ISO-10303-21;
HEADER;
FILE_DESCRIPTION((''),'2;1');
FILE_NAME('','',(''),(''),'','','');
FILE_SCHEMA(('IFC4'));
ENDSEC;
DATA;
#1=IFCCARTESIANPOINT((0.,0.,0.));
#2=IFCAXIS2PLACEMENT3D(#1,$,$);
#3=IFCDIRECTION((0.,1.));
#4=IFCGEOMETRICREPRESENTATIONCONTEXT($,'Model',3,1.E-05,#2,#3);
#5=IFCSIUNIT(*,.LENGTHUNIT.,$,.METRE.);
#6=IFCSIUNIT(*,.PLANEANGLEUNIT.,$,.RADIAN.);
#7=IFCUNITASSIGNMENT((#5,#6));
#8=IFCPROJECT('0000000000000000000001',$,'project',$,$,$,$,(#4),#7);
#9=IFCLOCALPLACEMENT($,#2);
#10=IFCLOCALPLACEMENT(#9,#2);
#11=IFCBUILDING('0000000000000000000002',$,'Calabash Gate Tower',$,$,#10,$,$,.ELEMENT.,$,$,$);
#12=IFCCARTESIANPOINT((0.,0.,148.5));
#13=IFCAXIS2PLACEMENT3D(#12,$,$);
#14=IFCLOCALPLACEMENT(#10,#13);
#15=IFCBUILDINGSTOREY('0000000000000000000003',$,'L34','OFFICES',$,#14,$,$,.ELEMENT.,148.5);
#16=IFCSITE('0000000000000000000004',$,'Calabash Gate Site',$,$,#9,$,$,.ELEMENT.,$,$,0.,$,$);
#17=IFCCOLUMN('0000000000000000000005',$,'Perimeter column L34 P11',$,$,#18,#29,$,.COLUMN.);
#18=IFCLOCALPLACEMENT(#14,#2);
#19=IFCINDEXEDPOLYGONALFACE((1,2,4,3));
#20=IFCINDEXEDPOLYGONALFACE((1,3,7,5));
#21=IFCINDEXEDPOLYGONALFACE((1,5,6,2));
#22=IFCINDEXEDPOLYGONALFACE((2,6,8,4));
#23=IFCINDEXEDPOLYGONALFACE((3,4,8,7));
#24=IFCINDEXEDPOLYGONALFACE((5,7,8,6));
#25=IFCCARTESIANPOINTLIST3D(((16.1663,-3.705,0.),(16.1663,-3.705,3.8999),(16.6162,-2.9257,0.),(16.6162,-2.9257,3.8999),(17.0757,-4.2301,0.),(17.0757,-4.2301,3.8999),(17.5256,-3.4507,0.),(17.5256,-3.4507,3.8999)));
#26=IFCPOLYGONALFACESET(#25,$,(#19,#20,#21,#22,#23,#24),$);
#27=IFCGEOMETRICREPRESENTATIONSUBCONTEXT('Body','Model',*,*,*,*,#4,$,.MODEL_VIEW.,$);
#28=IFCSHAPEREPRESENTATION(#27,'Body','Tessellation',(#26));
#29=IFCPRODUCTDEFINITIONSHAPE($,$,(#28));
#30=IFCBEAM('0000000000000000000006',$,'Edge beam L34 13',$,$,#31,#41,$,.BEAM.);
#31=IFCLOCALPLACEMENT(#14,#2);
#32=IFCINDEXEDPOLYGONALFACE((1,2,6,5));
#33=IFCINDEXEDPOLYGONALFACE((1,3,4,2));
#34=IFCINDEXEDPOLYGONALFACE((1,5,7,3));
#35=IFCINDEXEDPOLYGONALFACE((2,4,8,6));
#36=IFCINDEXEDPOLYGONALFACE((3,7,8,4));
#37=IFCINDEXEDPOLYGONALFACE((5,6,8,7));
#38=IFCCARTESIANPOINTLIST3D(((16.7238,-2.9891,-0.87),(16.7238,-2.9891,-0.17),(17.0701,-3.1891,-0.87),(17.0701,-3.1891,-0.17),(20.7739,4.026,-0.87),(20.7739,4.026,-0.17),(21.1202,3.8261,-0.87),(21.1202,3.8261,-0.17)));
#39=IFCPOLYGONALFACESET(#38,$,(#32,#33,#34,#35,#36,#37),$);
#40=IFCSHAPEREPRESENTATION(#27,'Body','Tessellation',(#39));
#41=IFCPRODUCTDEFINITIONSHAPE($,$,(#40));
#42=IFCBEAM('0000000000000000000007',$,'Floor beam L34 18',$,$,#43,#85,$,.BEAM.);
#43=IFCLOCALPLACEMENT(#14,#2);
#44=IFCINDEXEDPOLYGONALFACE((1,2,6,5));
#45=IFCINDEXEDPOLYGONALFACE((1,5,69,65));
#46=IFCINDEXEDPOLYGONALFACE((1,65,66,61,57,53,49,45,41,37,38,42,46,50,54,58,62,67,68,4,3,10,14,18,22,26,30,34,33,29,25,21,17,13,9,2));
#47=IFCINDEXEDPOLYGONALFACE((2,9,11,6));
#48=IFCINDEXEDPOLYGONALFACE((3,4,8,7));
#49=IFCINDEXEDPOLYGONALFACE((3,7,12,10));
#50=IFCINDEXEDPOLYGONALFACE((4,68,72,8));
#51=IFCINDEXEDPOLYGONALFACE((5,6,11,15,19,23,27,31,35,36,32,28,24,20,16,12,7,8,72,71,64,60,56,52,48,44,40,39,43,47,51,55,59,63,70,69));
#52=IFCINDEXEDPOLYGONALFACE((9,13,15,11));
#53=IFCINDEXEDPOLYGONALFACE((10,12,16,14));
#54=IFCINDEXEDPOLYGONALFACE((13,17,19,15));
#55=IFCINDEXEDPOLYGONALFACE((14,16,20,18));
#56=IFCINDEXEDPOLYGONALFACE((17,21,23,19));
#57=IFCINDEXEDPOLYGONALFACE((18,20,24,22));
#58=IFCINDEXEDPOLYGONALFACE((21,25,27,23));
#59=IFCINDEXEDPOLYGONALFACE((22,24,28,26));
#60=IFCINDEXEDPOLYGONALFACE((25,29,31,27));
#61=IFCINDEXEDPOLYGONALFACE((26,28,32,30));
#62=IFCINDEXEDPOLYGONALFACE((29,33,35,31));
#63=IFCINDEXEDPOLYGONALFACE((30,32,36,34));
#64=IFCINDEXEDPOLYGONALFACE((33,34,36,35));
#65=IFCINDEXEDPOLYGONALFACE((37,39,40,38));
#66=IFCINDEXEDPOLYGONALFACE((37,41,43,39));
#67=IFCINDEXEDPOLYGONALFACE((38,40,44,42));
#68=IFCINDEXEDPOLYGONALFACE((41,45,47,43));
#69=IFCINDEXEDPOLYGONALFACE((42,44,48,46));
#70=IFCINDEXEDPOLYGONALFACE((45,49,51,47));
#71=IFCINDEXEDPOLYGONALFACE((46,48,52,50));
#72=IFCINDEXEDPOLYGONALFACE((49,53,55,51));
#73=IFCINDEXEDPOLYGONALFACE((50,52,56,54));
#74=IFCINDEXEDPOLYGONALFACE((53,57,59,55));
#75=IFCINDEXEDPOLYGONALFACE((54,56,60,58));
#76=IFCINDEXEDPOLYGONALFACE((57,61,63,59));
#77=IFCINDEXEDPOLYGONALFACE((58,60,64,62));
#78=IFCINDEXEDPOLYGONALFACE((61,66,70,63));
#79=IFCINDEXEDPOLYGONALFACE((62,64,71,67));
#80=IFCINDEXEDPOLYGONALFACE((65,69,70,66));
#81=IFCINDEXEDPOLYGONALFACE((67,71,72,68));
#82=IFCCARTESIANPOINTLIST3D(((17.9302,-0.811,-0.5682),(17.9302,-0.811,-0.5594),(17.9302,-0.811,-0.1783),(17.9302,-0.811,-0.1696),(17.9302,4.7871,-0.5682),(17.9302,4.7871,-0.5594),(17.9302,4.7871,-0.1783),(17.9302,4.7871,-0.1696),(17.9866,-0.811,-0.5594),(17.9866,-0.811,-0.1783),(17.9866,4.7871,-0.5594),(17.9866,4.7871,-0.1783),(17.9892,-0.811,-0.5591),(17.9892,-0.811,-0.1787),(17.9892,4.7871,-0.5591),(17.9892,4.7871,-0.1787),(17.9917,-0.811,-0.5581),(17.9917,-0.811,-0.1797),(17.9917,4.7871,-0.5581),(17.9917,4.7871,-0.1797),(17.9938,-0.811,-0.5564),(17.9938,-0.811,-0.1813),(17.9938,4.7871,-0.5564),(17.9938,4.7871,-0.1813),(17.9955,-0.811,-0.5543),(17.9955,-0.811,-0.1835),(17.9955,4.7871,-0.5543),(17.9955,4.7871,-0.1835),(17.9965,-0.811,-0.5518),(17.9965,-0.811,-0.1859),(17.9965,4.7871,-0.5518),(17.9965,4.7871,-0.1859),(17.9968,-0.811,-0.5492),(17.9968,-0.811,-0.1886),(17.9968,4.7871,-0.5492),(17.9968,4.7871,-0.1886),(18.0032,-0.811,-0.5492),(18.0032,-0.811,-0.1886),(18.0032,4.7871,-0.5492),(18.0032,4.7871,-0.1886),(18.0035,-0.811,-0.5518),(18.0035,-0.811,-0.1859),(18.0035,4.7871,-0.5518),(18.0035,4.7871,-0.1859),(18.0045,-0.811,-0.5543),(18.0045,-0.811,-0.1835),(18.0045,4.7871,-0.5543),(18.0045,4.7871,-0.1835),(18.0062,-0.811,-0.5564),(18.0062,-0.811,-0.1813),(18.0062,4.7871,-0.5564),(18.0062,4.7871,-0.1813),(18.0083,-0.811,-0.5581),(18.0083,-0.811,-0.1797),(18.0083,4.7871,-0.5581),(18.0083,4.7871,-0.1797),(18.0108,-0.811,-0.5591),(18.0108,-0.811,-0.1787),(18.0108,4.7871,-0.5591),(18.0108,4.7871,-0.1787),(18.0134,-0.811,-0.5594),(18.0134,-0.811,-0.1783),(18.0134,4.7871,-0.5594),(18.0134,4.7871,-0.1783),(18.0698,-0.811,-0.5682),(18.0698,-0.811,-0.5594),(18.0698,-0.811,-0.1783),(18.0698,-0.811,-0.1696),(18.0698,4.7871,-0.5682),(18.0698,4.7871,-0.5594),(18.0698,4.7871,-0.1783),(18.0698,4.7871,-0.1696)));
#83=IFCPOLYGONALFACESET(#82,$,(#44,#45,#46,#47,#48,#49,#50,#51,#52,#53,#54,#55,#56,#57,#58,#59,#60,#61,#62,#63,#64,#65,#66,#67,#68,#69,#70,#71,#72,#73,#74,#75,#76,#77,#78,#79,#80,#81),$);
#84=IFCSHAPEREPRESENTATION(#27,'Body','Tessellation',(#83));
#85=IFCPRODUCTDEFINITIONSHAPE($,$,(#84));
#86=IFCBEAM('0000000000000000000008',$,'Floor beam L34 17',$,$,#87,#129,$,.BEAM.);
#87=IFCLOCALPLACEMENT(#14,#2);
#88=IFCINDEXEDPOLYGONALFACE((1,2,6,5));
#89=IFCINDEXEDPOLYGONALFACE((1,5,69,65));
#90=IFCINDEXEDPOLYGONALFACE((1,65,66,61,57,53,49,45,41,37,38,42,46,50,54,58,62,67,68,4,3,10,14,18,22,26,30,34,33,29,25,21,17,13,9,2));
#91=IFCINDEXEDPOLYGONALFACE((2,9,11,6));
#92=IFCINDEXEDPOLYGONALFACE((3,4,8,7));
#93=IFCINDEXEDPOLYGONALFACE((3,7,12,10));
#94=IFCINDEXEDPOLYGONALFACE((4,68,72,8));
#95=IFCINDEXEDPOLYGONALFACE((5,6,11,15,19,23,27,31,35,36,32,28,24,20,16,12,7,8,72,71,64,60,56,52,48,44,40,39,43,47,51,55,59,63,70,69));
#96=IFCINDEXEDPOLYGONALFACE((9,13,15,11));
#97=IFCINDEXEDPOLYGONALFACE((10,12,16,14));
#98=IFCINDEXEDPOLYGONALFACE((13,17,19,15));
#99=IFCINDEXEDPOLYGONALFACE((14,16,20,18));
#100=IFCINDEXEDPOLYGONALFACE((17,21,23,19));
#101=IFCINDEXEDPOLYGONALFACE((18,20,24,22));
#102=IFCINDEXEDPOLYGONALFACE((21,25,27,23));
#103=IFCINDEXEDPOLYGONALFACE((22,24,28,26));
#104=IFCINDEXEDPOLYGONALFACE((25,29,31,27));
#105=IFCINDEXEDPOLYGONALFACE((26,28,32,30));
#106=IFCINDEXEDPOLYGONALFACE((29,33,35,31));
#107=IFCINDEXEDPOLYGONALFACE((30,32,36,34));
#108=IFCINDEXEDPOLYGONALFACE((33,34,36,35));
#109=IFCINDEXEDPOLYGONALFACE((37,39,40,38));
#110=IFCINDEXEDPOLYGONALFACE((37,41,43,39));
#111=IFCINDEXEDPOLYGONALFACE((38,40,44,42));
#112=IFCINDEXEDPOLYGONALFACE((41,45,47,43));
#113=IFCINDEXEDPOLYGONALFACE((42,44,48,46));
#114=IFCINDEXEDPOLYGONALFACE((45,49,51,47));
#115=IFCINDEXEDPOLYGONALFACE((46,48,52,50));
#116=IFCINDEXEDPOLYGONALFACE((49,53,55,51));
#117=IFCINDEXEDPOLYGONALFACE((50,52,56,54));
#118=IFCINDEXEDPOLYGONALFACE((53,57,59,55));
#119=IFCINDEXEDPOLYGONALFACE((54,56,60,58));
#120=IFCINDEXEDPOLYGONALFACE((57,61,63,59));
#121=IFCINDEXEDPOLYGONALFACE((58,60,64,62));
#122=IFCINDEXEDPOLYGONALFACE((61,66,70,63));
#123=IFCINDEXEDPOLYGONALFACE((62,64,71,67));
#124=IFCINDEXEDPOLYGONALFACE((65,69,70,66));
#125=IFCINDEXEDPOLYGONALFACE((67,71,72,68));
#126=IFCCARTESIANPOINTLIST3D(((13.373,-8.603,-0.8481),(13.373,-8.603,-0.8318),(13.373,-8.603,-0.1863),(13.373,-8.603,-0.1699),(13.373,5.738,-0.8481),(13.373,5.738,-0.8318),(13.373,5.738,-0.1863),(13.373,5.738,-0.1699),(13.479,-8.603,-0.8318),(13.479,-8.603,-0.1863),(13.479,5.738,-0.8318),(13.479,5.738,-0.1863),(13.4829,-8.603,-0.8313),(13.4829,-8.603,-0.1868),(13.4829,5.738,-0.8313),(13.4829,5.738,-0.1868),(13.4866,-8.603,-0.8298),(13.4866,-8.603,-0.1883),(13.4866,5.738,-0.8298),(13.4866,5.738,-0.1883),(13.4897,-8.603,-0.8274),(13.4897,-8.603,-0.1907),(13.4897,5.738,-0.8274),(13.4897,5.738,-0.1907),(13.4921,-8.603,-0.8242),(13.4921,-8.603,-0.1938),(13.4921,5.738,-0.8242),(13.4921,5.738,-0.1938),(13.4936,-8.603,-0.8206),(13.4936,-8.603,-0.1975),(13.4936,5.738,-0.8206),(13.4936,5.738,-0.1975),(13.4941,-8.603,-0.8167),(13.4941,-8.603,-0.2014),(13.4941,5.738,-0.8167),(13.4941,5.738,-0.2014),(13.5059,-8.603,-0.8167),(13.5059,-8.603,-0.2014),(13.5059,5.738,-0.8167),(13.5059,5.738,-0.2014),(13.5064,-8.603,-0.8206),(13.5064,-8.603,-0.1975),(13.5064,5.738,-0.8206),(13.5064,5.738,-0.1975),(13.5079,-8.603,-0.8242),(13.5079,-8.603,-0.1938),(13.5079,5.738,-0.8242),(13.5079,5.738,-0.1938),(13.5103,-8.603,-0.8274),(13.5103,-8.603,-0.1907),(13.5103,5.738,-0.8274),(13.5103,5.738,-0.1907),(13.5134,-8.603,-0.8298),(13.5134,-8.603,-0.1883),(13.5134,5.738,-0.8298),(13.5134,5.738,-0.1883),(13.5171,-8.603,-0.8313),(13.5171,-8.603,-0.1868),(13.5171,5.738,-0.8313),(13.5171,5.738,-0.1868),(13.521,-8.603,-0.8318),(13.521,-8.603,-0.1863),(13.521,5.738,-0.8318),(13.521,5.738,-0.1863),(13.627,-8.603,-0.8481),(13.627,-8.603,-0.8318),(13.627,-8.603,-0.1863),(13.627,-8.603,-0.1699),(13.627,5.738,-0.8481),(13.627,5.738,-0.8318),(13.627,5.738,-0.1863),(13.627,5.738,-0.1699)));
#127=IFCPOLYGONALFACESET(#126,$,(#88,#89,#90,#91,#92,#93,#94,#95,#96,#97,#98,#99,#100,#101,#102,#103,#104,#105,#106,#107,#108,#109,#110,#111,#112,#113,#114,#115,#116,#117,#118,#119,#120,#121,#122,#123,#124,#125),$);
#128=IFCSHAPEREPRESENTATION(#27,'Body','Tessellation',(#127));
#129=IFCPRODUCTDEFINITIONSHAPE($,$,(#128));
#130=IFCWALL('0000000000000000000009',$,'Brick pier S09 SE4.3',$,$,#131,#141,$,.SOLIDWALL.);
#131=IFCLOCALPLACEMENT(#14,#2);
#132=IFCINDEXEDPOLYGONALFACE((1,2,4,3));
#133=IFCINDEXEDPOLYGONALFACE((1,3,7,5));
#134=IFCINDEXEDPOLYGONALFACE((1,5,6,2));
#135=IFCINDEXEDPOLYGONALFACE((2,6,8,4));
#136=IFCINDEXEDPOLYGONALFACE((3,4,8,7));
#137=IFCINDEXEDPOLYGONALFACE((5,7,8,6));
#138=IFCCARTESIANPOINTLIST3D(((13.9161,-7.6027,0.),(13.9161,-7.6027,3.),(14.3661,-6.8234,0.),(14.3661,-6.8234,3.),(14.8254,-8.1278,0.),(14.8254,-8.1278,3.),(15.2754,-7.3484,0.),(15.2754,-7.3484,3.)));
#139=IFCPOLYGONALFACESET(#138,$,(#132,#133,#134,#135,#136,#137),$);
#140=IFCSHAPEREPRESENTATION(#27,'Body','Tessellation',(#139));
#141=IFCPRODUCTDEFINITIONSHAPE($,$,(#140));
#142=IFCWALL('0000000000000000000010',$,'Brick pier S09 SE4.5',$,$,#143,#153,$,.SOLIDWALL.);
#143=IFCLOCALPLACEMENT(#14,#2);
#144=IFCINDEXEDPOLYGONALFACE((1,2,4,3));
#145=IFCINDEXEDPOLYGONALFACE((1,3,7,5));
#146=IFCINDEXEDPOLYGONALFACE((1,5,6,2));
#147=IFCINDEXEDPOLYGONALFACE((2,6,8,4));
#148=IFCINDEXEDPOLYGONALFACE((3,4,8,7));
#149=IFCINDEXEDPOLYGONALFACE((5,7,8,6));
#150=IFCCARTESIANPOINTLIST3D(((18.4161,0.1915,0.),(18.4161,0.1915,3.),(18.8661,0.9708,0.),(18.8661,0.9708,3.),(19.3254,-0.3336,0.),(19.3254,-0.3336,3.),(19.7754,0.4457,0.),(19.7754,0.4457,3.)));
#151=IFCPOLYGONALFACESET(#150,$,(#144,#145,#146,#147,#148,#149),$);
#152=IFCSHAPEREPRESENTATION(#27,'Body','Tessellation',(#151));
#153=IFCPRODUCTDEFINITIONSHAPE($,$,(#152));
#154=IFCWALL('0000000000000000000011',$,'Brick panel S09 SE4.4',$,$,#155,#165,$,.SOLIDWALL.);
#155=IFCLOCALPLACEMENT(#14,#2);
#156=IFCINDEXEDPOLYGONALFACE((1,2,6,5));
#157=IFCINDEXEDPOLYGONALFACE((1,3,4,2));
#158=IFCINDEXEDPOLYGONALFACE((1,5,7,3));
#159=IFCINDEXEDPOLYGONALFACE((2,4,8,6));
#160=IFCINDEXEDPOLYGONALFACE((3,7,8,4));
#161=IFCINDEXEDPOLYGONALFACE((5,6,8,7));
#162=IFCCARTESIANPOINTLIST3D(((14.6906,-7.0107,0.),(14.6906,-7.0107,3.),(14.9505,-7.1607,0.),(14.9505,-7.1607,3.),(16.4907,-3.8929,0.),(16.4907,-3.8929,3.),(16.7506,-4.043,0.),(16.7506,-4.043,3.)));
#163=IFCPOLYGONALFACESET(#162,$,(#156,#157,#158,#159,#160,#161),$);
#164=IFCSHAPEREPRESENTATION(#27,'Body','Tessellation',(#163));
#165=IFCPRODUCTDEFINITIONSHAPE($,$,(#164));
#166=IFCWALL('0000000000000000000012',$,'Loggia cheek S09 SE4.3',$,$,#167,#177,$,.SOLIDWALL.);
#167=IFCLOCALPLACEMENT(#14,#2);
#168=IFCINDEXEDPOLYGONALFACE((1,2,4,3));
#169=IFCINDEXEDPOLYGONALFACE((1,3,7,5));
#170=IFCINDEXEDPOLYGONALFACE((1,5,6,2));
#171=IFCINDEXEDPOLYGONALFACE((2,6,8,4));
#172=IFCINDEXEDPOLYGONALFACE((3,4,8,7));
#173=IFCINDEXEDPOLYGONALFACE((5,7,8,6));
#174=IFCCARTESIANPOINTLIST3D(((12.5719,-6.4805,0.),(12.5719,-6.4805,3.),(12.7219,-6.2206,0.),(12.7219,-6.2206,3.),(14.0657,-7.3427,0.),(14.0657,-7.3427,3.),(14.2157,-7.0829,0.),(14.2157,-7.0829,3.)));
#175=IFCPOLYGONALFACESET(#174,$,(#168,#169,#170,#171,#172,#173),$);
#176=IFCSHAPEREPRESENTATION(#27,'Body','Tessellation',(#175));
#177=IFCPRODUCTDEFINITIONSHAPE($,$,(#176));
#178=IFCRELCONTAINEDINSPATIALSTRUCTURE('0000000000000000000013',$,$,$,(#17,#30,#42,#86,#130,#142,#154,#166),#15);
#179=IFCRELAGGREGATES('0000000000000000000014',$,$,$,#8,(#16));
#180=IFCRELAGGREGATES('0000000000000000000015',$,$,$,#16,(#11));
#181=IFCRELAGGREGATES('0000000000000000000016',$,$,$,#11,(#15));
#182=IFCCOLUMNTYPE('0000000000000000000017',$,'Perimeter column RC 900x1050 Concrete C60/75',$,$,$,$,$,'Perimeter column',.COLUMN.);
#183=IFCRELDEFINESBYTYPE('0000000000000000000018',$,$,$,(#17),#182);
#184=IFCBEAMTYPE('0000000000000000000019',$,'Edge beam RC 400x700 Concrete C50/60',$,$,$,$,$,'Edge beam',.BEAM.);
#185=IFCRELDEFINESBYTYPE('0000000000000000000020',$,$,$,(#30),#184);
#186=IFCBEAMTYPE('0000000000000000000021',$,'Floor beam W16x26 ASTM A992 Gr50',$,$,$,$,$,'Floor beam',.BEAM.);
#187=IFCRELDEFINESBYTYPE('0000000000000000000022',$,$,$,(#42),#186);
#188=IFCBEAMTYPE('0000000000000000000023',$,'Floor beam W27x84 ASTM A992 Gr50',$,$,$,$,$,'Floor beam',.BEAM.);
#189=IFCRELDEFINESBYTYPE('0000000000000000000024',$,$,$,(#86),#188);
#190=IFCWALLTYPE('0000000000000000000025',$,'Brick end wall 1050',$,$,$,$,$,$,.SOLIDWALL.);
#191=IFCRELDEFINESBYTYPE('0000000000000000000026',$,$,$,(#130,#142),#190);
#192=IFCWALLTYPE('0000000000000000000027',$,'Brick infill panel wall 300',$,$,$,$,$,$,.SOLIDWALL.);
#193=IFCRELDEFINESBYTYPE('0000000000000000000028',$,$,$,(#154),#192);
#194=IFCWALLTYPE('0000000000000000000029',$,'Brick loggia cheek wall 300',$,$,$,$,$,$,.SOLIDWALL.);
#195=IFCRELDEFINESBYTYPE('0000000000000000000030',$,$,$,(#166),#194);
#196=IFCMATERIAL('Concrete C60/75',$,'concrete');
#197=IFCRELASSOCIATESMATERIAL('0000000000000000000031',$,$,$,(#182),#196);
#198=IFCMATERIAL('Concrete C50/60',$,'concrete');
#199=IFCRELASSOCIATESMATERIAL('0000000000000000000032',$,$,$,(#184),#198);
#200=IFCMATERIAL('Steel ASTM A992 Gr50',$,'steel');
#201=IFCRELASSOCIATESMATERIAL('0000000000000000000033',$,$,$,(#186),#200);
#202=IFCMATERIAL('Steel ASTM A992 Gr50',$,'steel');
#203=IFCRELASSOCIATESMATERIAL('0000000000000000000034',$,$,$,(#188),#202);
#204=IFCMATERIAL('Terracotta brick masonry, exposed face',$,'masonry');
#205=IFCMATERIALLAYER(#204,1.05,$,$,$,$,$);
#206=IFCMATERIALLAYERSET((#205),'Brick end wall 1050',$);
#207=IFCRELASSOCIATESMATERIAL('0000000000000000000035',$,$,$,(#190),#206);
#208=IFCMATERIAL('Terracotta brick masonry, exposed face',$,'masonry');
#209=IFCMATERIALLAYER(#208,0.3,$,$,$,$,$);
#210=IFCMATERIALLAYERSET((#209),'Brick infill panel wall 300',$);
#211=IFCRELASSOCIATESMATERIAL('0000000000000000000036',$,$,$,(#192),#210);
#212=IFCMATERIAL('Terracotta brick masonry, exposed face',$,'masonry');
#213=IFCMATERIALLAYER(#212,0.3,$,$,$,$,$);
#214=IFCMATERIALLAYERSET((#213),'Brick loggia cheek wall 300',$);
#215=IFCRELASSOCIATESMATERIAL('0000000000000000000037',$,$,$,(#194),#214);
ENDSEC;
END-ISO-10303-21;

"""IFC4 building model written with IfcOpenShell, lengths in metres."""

from ifc_helpers import new_model, si_unit, direction, frame, frame_2d, origin, origin_2d, place, context, subcontext, project, spatial, rectangle, i_section, extrude, material, layer, layer_set, material_profile, profile_set, type_object, element, save


model = new_model("IFC4")

# Units and contexts
model_context = context("Model", 3, precision=1e-05, world=origin(), true_north=direction((0.0, 1.0)))
body_context = subcontext(model_context, "Body", "Model", "MODEL_VIEW")
ifc_project = project(units=[si_unit("LENGTHUNIT", "METRE"), si_unit("PLANEANGLEUNIT", "RADIAN")], contexts=[model_context])

# Site, building, storey
site_placement = place(None, origin())
site = spatial("IfcSite", under=ifc_project, at=site_placement, Name="Calabash Gate Site", CompositionType="ELEMENT", RefElevation=0.0)
building_placement = place(site_placement, origin())
building = spatial("IfcBuilding", under=site, at=building_placement, Name="Calabash Gate Tower", CompositionType="ELEMENT")
storey_placement = place(building_placement, frame((0.0, 0.0, 148.5)))
storey = spatial("IfcBuildingStorey", under=building, at=storey_placement, Name="L34", Description="OFFICES", CompositionType="ELEMENT", Elevation=148.5)

# Column
ifc_material_1 = material(Name="Concrete C60/75", Category="concrete")
ifc_material_profile_1 = material_profile(ifc_material_1, rectangle(XDim=0.8999, YDim=1.05, at=origin_2d()))
ifc_profile_set_1 = profile_set([ifc_material_profile_1], Name="Concrete C60/75")
column_type = type_object("IfcColumnType", Name="Perimeter column RC 900x1050 Concrete C60/75", ElementType="Perimeter column", PredefinedType="COLUMN", material=ifc_profile_set_1)
column_placement = place(storey_placement, frame((16.8459, -3.5779, 0.0), z_axis=(0.0, 0.0, 1.0), x_axis=(0.5, 0.866025, 0.0)))
element("IfcColumn", 1, at=column_placement, inside=storey, type_object=column_type, Name="Perimeter column L34 P11", PredefinedType="COLUMN", context=body_context, shape_type="SweptSolid", body=[
    extrude(rectangle(XDim=0.8999, YDim=1.05, at=origin_2d()), origin(), (0.0, 0.0, 1.0), 3.8999),
])

# Beams
ifc_material_2 = material(Name="Concrete C50/60", Category="concrete")
ifc_material_profile_2 = material_profile(ifc_material_2, rectangle(XDim=0.3999, YDim=0.7, at=origin_2d()))
ifc_profile_set_2 = profile_set([ifc_material_profile_2], Name="Concrete C50/60")
beam_type_1 = type_object("IfcBeamType", Name="Edge beam RC 400x700 Concrete C50/60", ElementType="Edge beam", PredefinedType="BEAM", material=ifc_profile_set_2)
beam_1_placement = place(storey_placement, frame((16.897, -3.0891, -0.52), z_axis=(0.499987, 0.866033, 0.0), x_axis=(-0.866033, 0.499987, 0.0)))
element("IfcBeam", 2, at=beam_1_placement, inside=storey, type_object=beam_type_1, Name="Edge beam L34 13", PredefinedType="BEAM", context=body_context, shape_type="SweptSolid", body=[
    extrude(rectangle(XDim=0.3999, YDim=0.7, at=origin_2d()), origin(), (0.0, 0.0, 1.0), 8.1003),
])
ifc_material_3 = material(Name="Steel ASTM A992 Gr50", Category="steel")
ifc_material_profile_3 = material_profile(ifc_material_3, i_section(OverallWidth=0.1396, OverallDepth=0.3987, WebThickness=0.0063, FlangeThickness=0.0088, FilletRadius=0.0103, at=origin_2d()))
ifc_profile_set_3 = profile_set([ifc_material_profile_3], Name="Steel ASTM A992 Gr50")
beam_type_2 = type_object("IfcBeamType", Name="Floor beam W16x26 ASTM A992 Gr50", ElementType="Floor beam", PredefinedType="BEAM", material=ifc_profile_set_3)
beam_2_placement = place(storey_placement, frame((18.0, -0.811, -0.3689), z_axis=(0.0, 1.0, 0.0), x_axis=(-1.0, 0.0, 0.0)))
element("IfcBeam", 3, at=beam_2_placement, inside=storey, type_object=beam_type_2, Name="Floor beam L34 18", PredefinedType="BEAM", context=body_context, shape_type="SweptSolid", body=[
    extrude(i_section(OverallWidth=0.1396, OverallDepth=0.3987, WebThickness=0.0063, FlangeThickness=0.0088, FilletRadius=0.0103, at=origin_2d()), origin(), (0.0, 0.0, 1.0), 5.5981),
])
ifc_material_4 = material(Name="Steel ASTM A992 Gr50", Category="steel")
ifc_material_profile_4 = material_profile(ifc_material_4, i_section(OverallWidth=0.2539, OverallDepth=0.6782, WebThickness=0.0117, FlangeThickness=0.0164, FilletRadius=0.0151, at=origin_2d()))
ifc_profile_set_4 = profile_set([ifc_material_profile_4], Name="Steel ASTM A992 Gr50")
beam_type_3 = type_object("IfcBeamType", Name="Floor beam W27x84 ASTM A992 Gr50", ElementType="Floor beam", PredefinedType="BEAM", material=ifc_profile_set_4)
beam_3_placement = place(storey_placement, frame((13.5, -8.603, -0.509), z_axis=(0.0, 1.0, 0.0), x_axis=(-1.0, 0.0, 0.0)))
element("IfcBeam", 4, at=beam_3_placement, inside=storey, type_object=beam_type_3, Name="Floor beam L34 17", PredefinedType="BEAM", context=body_context, shape_type="SweptSolid", body=[
    extrude(i_section(OverallWidth=0.2539, OverallDepth=0.6782, WebThickness=0.0117, FlangeThickness=0.0164, FilletRadius=0.0151, at=origin_2d()), origin(), (0.0, 0.0, 1.0), 14.3411),
])

# Walls
ifc_material_5 = material(Name="Terracotta brick masonry, exposed face", Category="masonry")
ifc_layer_1 = layer(ifc_material_5, 1.05)
ifc_layer_set_1 = layer_set([ifc_layer_1], Name="Brick end wall 1050")
wall_type_1 = type_object("IfcWallType", Name="Brick end wall 1050", PredefinedType="SOLIDWALL", material=ifc_layer_set_1)
for number, where, z_axis, x_axis, name in (
    (5, (15.0503, -7.738, 0.0), (0.0, 0.0, 1.0), (-0.865988, 0.500065, 0.0), "Brick pier S09 SE4.3"),
    (6, (19.5503, 0.0562, 0.0), (0.0, 0.0, 1.0), (-0.865988, 0.500065, 0.0), "Brick pier S09 SE4.5"),
):
    element("IfcWall", number, at=place(storey_placement, frame(where, z_axis=z_axis, x_axis=x_axis)), inside=storey, type_object=wall_type_1, Name=name, PredefinedType="SOLIDWALL", context=body_context, shape_type="SweptSolid", body=[
        extrude(rectangle(XDim=1.05, YDim=0.8999, at=frame_2d((0.5249, 0.0))), origin(), (0.0, 0.0, 1.0), 3.0),
    ])
ifc_material_6 = material(Name="Terracotta brick masonry, exposed face", Category="masonry")
ifc_layer_2 = layer(ifc_material_6, 0.3)
ifc_layer_set_2 = layer_set([ifc_layer_2], Name="Brick infill panel wall 300")
wall_type_2 = type_object("IfcWallType", Name="Brick infill panel wall 300", PredefinedType="SOLIDWALL", material=ifc_layer_set_2)
wall_1_placement = place(storey_placement, frame((14.8206, -7.0857, 0.0), z_axis=(0.0, 0.0, 1.0), x_axis=(0.500012, 0.866018, 0.0)))
element("IfcWall", 7, at=wall_1_placement, inside=storey, type_object=wall_type_2, Name="Brick panel S09 SE4.4", PredefinedType="SOLIDWALL", context=body_context, shape_type="SweptSolid", body=[
    extrude(rectangle(XDim=3.6001, YDim=0.3, at=frame_2d((1.8, 0.0))), origin(), (0.0, 0.0, 1.0), 3.0),
])
ifc_material_7 = material(Name="Terracotta brick masonry, exposed face", Category="masonry")
ifc_layer_3 = layer(ifc_material_7, 0.3)
ifc_layer_set_3 = layer_set([ifc_layer_3], Name="Brick loggia cheek wall 300")
wall_type_3 = type_object("IfcWallType", Name="Brick loggia cheek wall 300", PredefinedType="SOLIDWALL", material=ifc_layer_set_3)
wall_2_placement = place(storey_placement, frame((12.647, -6.3506, 0.0), z_axis=(0.0, 0.0, 1.0), x_axis=(0.866075, -0.499914, 0.0)))
element("IfcWall", 8, at=wall_2_placement, inside=storey, type_object=wall_type_3, Name="Loggia cheek S09 SE4.3", PredefinedType="SOLIDWALL", context=body_context, shape_type="SweptSolid", body=[
    extrude(rectangle(XDim=1.7249, YDim=0.3, at=frame_2d((0.8623, 0.0))), origin(), (0.0, 0.0, 1.0), 3.0),
])

save(model, "model.ifc")
